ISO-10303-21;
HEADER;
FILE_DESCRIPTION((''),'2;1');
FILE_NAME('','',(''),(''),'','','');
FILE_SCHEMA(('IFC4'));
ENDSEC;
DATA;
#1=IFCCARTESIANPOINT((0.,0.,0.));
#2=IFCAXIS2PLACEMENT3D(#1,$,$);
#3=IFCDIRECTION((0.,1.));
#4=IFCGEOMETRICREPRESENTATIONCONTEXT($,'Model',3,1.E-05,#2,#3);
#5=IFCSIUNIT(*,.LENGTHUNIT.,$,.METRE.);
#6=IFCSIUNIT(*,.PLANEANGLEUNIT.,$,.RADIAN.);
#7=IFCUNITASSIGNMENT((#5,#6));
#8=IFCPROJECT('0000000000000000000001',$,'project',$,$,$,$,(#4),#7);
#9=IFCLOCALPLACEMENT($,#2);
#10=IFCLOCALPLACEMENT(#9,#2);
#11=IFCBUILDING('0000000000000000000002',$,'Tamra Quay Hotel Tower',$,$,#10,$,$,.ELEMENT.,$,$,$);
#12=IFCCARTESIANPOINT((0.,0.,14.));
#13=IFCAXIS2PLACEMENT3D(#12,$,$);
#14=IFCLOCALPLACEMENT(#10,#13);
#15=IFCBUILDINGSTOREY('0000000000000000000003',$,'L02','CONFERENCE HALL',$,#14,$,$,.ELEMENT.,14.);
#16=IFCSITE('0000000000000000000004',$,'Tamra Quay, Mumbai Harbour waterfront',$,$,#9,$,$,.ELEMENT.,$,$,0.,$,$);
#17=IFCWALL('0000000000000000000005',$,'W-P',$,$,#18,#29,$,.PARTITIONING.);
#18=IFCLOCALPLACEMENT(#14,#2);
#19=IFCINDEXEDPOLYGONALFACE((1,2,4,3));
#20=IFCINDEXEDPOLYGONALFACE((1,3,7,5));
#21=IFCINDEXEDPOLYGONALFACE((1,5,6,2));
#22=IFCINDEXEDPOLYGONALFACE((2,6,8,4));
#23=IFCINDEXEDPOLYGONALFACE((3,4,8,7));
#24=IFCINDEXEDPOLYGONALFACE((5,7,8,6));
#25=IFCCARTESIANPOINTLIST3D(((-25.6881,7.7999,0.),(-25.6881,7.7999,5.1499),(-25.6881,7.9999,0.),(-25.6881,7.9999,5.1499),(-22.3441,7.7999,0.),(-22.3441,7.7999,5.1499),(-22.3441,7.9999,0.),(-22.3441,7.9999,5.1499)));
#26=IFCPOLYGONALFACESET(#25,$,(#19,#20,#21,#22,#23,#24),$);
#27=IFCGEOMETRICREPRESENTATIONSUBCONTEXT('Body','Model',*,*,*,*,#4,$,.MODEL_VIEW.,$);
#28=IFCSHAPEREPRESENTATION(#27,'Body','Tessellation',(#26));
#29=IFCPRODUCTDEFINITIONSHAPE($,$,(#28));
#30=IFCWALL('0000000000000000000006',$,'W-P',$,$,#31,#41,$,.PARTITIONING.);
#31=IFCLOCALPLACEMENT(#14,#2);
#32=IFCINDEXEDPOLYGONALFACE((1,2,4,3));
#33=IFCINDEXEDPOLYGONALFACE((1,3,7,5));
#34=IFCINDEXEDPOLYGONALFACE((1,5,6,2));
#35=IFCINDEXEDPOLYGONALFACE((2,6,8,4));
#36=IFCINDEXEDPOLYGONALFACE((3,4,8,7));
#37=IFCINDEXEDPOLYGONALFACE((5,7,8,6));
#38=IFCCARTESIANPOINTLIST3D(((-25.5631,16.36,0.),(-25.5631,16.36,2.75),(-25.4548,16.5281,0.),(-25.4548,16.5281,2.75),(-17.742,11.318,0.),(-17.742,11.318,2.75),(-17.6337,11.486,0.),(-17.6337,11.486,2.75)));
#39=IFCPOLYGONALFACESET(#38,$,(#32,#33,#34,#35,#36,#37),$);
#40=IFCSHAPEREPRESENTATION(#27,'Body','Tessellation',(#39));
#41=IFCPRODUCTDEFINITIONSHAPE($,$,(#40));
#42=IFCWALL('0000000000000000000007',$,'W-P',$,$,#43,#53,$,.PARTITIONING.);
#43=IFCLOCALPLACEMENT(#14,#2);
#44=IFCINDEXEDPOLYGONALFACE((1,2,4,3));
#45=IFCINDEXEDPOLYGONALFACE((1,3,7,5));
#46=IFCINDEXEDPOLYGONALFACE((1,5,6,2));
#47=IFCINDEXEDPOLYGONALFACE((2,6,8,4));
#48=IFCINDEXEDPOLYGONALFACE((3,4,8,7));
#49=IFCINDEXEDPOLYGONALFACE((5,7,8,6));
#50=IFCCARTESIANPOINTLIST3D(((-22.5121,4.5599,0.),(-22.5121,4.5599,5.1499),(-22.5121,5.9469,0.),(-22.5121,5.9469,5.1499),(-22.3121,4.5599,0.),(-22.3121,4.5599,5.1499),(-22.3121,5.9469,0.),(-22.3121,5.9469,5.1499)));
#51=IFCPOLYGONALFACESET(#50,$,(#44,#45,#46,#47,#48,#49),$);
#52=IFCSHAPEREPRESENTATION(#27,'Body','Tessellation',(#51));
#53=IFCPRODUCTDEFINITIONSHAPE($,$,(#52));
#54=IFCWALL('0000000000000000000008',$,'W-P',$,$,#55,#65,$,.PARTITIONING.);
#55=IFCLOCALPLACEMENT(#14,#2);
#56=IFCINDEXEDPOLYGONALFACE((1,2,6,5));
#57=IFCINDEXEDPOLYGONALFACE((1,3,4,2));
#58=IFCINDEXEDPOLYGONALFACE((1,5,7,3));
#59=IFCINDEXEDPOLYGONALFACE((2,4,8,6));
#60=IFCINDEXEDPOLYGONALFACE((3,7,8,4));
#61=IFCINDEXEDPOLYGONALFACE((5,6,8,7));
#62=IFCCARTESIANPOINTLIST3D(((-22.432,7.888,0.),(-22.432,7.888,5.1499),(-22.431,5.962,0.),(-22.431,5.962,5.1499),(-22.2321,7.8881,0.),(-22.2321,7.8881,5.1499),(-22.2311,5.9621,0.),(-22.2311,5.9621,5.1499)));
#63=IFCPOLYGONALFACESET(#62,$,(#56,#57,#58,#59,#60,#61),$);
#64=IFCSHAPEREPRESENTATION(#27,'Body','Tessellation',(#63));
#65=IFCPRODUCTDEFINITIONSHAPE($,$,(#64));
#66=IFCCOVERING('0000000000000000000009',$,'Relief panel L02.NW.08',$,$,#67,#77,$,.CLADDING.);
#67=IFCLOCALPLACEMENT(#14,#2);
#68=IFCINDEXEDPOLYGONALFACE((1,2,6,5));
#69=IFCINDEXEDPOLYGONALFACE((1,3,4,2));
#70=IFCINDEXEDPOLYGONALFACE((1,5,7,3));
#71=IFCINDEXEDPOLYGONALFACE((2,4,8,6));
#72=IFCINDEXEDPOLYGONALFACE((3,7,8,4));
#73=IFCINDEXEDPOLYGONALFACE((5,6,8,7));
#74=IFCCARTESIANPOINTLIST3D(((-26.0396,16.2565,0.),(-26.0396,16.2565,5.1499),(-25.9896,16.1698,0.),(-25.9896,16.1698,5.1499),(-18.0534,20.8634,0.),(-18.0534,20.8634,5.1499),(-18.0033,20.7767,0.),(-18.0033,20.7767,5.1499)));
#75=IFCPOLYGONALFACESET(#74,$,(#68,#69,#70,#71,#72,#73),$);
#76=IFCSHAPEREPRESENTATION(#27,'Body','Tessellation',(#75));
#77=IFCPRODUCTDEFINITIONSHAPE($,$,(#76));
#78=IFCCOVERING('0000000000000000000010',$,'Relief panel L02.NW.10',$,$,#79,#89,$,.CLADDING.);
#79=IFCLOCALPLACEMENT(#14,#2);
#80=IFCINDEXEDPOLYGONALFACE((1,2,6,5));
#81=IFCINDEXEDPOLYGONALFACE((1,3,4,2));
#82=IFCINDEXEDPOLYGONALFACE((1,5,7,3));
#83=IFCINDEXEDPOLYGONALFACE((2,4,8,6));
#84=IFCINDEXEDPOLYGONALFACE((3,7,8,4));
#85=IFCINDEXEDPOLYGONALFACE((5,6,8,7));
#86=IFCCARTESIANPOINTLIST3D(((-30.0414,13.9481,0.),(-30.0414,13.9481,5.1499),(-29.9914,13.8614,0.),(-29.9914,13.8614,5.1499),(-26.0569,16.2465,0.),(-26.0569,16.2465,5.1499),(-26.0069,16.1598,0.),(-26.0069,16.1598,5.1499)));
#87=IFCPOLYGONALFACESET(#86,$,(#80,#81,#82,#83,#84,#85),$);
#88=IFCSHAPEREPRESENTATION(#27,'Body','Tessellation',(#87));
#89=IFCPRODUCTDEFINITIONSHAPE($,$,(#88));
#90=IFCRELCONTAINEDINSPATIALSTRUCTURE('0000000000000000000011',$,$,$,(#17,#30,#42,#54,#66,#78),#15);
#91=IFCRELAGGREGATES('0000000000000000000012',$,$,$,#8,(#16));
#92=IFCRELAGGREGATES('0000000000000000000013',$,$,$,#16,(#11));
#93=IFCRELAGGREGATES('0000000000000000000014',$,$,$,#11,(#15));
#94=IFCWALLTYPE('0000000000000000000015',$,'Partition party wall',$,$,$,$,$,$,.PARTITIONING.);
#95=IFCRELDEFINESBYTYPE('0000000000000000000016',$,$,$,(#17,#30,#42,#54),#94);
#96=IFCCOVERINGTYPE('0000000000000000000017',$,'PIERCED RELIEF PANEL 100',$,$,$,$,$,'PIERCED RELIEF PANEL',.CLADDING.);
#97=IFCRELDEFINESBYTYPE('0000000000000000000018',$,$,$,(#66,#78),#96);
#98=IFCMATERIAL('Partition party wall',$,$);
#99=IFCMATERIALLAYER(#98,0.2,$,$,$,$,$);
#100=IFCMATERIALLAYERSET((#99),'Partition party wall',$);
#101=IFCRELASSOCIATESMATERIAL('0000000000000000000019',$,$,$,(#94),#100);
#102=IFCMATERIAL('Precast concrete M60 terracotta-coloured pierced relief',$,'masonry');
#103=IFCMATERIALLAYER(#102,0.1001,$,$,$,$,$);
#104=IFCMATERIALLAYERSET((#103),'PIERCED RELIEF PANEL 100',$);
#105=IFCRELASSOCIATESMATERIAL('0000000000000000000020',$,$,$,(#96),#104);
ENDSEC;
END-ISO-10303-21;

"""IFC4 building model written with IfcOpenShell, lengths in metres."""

from ifc_helpers import new_model, si_unit, direction, frame, frame_2d, origin, origin_2d, place, context, subcontext, project, spatial, rectangle, extrude, material, layer, layer_set, type_object, element, save


model = new_model("IFC4")

# Units and contexts
model_context = context("Model", 3, precision=1e-05, world=origin(), true_north=direction((0.0, 1.0)))
body_context = subcontext(model_context, "Body", "Model", "MODEL_VIEW")
ifc_project = project(units=[si_unit("LENGTHUNIT", "METRE"), si_unit("PLANEANGLEUNIT", "RADIAN")], contexts=[model_context])

# Site, building, storey
site_placement = place(None, origin())
site = spatial("IfcSite", under=ifc_project, at=site_placement, Name="Tamra Quay, Mumbai Harbour waterfront", CompositionType="ELEMENT", RefElevation=0.0)
building_placement = place(site_placement, origin())
building = spatial("IfcBuilding", under=site, at=building_placement, Name="Tamra Quay Hotel Tower", CompositionType="ELEMENT")
storey_placement = place(building_placement, frame((0.0, 0.0, 14.0)))
storey = spatial("IfcBuildingStorey", under=building, at=storey_placement, Name="L02", Description="CONFERENCE HALL", CompositionType="ELEMENT", Elevation=14.0)

# Walls
ifc_material_1 = material(Name="Partition party wall")
ifc_layer_1 = layer(ifc_material_1, 0.2)
ifc_layer_set_1 = layer_set([ifc_layer_1], Name="Partition party wall")
wall_type_1 = type_object("IfcWallType", Name="Partition party wall", PredefinedType="PARTITIONING", material=ifc_layer_set_1)
wall_1_placement = place(storey_placement, frame((-25.688, 7.8999, 0.0), z_axis=(0.0, 0.0, 1.0), x_axis=(1.0, 0.0, 0.0)))
element("IfcWall", 1, at=wall_1_placement, inside=storey, type_object=wall_type_1, Name="W-P", PredefinedType="PARTITIONING", context=body_context, shape_type="SweptSolid", body=[
    extrude(rectangle(XDim=3.344, YDim=0.2, at=frame_2d((1.6719, 0.0))), origin(), (0.0, 0.0, 1.0), 5.1499),
])
wall_2_placement = place(storey_placement, frame((-25.509, 16.4441, 0.0), z_axis=(0.0, 0.0, 1.0), x_axis=(0.840485, -0.541835, 0.0)))
element("IfcWall", 2, at=wall_2_placement, inside=storey, type_object=wall_type_1, Name="W-P", PredefinedType="PARTITIONING", context=body_context, shape_type="SweptSolid", body=[
    extrude(rectangle(XDim=9.3054, YDim=0.2, at=frame_2d((4.6528, 0.0))), origin(), (0.0, 0.0, 1.0), 2.75),
])
wall_3_placement = place(storey_placement, frame((-22.4121, 4.5601, 0.0), z_axis=(0.0, 0.0, 1.0), x_axis=(0.0, 1.0, 0.0)))
element("IfcWall", 3, at=wall_3_placement, inside=storey, type_object=wall_type_1, Name="W-P", PredefinedType="PARTITIONING", context=body_context, shape_type="SweptSolid", body=[
    extrude(rectangle(XDim=1.387, YDim=0.2, at=frame_2d((0.6934, 0.0))), origin(), (0.0, 0.0, 1.0), 5.1499),
])
wall_4_placement = place(storey_placement, frame((-22.332, 7.8879, 0.0), z_axis=(0.0, 0.0, 1.0), x_axis=(0.000507, -1.0, 0.0)))
element("IfcWall", 4, at=wall_4_placement, inside=storey, type_object=wall_type_1, Name="W-P", PredefinedType="PARTITIONING", context=body_context, shape_type="SweptSolid", body=[
    extrude(rectangle(XDim=1.926, YDim=0.2, at=frame_2d((0.9629, 0.0))), origin(), (0.0, 0.0, 1.0), 5.1499),
])

# Coverings
ifc_material_2 = material(Name="Precast concrete M60 terracotta-coloured pierced relief", Category="masonry")
ifc_layer_2 = layer(ifc_material_2, 0.1001)
ifc_layer_set_2 = layer_set([ifc_layer_2], Name="PIERCED RELIEF PANEL 100")
covering_type_1 = type_object("IfcCoveringType", Name="PIERCED RELIEF PANEL 100", ElementType="PIERCED RELIEF PANEL", PredefinedType="CLADDING", material=ifc_layer_set_2)
covering_1_placement = place(storey_placement, frame((-22.0215, 18.5166, 0.0), z_axis=(0.0, 0.0, 1.0), x_axis=(-0.866215, -0.499672, 0.0)))
element("IfcCovering", 5, at=covering_1_placement, inside=storey, type_object=covering_type_1, Name="Relief panel L02.NW.08", PredefinedType="CLADDING", context=body_context, shape_type="SweptSolid", body=[
    extrude(rectangle(XDim=9.2197, YDim=0.1001, at=origin_2d()), origin(), (0.0, 0.0, 1.0), 5.1499),
])
covering_2_placement = place(storey_placement, frame((-28.0242, 15.054, 0.0), z_axis=(0.0, 0.0, 1.0), x_axis=(-0.866215, -0.499672, 0.0)))
element("IfcCovering", 6, at=covering_2_placement, inside=storey, type_object=covering_type_1, Name="Relief panel L02.NW.10", PredefinedType="CLADDING", context=body_context, shape_type="SweptSolid", body=[
    extrude(rectangle(XDim=4.5999, YDim=0.1001, at=origin_2d()), origin(), (0.0, 0.0, 1.0), 5.1499),
])

save(model, "model.ifc")
